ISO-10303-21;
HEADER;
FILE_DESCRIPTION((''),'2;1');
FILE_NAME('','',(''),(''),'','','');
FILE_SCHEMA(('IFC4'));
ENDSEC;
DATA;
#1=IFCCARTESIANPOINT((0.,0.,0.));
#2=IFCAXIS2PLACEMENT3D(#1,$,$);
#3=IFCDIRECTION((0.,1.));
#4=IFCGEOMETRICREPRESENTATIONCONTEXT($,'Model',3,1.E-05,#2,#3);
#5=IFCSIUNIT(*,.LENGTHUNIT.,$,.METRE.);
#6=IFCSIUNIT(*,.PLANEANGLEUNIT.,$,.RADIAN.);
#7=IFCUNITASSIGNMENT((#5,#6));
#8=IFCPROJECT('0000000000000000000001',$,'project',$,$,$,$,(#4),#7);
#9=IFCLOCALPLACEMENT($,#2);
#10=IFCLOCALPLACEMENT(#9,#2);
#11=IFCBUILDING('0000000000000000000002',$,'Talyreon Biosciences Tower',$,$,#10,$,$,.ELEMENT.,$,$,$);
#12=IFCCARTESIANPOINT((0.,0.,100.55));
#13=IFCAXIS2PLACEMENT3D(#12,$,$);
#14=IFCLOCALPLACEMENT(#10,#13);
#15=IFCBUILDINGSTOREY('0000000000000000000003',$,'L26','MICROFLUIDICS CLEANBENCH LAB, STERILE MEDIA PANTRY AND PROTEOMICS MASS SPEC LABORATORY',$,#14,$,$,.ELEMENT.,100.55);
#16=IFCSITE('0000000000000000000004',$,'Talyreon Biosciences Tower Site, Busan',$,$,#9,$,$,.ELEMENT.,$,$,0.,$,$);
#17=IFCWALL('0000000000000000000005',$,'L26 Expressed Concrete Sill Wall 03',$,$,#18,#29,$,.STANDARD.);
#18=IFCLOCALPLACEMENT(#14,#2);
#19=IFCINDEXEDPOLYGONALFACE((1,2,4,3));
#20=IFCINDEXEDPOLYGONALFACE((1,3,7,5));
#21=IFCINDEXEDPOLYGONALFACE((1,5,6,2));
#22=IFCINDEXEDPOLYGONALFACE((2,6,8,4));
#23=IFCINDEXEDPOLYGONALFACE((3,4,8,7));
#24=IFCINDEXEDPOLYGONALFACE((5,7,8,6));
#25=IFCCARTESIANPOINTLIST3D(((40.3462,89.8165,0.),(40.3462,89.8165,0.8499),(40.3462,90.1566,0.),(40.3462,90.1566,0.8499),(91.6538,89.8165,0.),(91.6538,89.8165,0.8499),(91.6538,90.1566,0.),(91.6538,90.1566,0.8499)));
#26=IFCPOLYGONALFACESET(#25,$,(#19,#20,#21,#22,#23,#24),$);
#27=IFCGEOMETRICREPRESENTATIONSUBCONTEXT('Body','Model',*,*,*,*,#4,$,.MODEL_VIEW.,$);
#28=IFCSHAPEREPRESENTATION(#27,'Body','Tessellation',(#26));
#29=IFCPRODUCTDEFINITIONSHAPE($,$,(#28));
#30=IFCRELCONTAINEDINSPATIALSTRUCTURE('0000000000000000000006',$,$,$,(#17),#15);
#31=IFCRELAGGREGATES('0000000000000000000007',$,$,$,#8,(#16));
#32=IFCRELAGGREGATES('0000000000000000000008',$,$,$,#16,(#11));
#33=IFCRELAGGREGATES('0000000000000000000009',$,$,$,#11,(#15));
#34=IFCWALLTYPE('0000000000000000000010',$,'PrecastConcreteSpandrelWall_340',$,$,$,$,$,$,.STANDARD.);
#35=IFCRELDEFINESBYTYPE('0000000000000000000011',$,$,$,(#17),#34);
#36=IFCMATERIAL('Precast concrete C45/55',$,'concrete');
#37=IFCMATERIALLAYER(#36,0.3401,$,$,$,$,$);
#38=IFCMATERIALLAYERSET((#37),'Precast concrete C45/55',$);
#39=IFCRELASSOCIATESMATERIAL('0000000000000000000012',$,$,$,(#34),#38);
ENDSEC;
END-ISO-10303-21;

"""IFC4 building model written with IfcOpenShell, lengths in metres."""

from ifc_helpers import new_model, si_unit, direction, frame, frame_2d, origin, place, context, subcontext, project, spatial, rectangle, extrude, material, layer, layer_set, type_object, element, save


model = new_model("IFC4")

# Units and contexts
model_context = context("Model", 3, precision=1e-05, world=origin(), true_north=direction((0.0, 1.0)))
body_context = subcontext(model_context, "Body", "Model", "MODEL_VIEW")
ifc_project = project(units=[si_unit("LENGTHUNIT", "METRE"), si_unit("PLANEANGLEUNIT", "RADIAN")], contexts=[model_context])

# Site, building, storey
site_placement = place(None, origin())
site = spatial("IfcSite", under=ifc_project, at=site_placement, Name="Talyreon Biosciences Tower Site, Busan", CompositionType="ELEMENT", RefElevation=0.0)
building_placement = place(site_placement, origin())
building = spatial("IfcBuilding", under=site, at=building_placement, Name="Talyreon Biosciences Tower", CompositionType="ELEMENT")
storey_placement = place(building_placement, frame((0.0, 0.0, 100.55)))
storey = spatial("IfcBuildingStorey", under=building, at=storey_placement, Name="L26", Description="MICROFLUIDICS CLEANBENCH LAB, STERILE MEDIA PANTRY AND PROTEOMICS MASS SPEC LABORATORY", CompositionType="ELEMENT", Elevation=100.55)

# Shared definitions
ifc_material_1 = material(Name="Precast concrete C45/55", Category="concrete")

# Wall
ifc_layer_1 = layer(ifc_material_1, 0.3401)
ifc_layer_set_1 = layer_set([ifc_layer_1], Name="Precast concrete C45/55")
wall_type_1 = type_object("IfcWallType", Name="PrecastConcreteSpandrelWall_340", PredefinedType="STANDARD", material=ifc_layer_set_1)
wall_1_placement = place(storey_placement, frame((40.3462, 89.9866, 0.0), z_axis=(0.0, 0.0, 1.0), x_axis=(1.0, 0.0, 0.0)))
element("IfcWall", 1, at=wall_1_placement, inside=storey, type_object=wall_type_1, Name="L26 Expressed Concrete Sill Wall 03", PredefinedType="STANDARD", context=body_context, shape_type="SweptSolid", body=[
    extrude(rectangle(XDim=51.3076, YDim=0.3401, at=frame_2d((25.6538, 0.0))), origin(), (0.0, 0.0, 1.0), 0.8499),
])

save(model, "model.ifc")
